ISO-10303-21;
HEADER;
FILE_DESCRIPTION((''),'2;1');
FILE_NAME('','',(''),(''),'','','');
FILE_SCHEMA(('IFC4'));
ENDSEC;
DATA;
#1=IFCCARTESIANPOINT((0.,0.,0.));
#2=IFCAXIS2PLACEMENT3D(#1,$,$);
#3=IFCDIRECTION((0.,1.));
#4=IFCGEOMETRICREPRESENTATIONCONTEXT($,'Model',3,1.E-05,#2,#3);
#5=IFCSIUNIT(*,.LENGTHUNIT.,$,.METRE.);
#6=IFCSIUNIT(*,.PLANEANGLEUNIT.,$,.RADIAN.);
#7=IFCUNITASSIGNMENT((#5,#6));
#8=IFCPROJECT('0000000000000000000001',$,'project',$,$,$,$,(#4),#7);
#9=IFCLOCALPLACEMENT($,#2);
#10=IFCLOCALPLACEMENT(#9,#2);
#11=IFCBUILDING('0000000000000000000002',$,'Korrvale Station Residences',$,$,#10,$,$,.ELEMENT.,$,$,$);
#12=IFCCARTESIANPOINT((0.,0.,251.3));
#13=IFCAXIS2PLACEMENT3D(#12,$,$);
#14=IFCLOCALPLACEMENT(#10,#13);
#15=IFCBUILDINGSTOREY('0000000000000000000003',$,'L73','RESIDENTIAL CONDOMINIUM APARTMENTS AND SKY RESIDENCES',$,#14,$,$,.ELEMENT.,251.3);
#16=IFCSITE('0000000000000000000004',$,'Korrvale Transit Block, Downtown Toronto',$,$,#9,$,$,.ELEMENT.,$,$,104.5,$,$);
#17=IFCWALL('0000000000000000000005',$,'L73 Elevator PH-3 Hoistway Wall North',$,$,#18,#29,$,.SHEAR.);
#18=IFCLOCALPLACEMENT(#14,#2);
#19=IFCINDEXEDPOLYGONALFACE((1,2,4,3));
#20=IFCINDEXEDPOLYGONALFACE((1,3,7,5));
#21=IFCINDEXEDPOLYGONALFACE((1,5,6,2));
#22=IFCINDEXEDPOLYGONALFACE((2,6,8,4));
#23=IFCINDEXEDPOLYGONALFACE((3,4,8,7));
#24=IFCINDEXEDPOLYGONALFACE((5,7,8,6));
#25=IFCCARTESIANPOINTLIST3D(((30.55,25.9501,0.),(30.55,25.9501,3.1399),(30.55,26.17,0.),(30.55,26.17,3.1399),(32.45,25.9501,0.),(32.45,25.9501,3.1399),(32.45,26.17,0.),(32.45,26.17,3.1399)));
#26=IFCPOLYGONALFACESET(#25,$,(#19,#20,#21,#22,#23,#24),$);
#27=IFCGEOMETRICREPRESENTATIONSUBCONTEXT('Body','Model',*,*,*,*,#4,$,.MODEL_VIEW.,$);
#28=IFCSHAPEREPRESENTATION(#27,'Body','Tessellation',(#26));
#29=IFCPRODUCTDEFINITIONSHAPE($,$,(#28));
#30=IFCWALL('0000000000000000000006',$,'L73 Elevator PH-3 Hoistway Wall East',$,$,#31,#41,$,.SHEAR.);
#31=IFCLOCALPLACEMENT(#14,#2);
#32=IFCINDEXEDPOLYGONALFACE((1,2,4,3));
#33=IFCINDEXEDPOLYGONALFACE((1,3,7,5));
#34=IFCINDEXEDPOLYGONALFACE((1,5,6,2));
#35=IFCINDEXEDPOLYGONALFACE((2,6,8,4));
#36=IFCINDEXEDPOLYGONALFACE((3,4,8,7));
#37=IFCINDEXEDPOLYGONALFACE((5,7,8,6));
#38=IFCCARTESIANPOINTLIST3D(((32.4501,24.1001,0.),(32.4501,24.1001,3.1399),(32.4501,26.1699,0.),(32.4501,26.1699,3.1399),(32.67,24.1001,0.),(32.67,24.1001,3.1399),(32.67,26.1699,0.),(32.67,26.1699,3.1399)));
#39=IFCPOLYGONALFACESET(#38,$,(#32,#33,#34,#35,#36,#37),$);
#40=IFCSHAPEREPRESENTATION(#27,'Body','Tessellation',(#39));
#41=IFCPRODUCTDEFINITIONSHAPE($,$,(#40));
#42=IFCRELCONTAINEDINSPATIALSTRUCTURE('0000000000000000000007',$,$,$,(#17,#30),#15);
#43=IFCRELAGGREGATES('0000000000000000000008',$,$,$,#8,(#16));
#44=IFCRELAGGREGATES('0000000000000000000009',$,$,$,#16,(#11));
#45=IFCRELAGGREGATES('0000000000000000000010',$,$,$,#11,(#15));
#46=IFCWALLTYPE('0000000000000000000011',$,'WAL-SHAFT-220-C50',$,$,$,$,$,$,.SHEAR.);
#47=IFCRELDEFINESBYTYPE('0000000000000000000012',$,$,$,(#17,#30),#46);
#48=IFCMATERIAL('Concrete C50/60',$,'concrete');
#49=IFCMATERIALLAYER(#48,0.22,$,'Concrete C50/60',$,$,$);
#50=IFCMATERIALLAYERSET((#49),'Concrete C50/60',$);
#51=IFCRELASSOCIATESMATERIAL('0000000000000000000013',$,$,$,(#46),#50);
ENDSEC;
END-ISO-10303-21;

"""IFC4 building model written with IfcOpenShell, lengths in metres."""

from ifc_helpers import new_model, si_unit, direction, frame, frame_2d, origin, place, context, subcontext, project, spatial, rectangle, extrude, material, layer, layer_set, type_object, element, save


model = new_model("IFC4")

# Units and contexts
model_context = context("Model", 3, precision=1e-05, world=origin(), true_north=direction((0.0, 1.0)))
body_context = subcontext(model_context, "Body", "Model", "MODEL_VIEW")
ifc_project = project(units=[si_unit("LENGTHUNIT", "METRE"), si_unit("PLANEANGLEUNIT", "RADIAN")], contexts=[model_context])

# Site, building, storey
site_placement = place(None, origin())
site = spatial("IfcSite", under=ifc_project, at=site_placement, Name="Korrvale Transit Block, Downtown Toronto", CompositionType="ELEMENT", RefElevation=104.5)
building_placement = place(site_placement, origin())
building = spatial("IfcBuilding", under=site, at=building_placement, Name="Korrvale Station Residences", CompositionType="ELEMENT")
storey_placement = place(building_placement, frame((0.0, 0.0, 251.3)))
storey = spatial("IfcBuildingStorey", under=building, at=storey_placement, Name="L73", Description="RESIDENTIAL CONDOMINIUM APARTMENTS AND SKY RESIDENCES", CompositionType="ELEMENT", Elevation=251.3)

# Shared definitions
ifc_material_1 = material(Name="Concrete C50/60", Category="concrete")

# Wall
ifc_layer_1 = layer(ifc_material_1, 0.22, Name="Concrete C50/60")
ifc_layer_set_1 = layer_set([ifc_layer_1], Name="Concrete C50/60")
wall_type_1 = type_object("IfcWallType", Name="WAL-SHAFT-220-C50", PredefinedType="SHEAR", material=ifc_layer_set_1)
wall_1_placement = place(storey_placement, frame((30.55, 26.0601, 0.0), z_axis=(0.0, 0.0, 1.0), x_axis=(1.0, 0.0, 0.0)))
element("IfcWall", 1, at=wall_1_placement, inside=storey, type_object=wall_type_1, Name="L73 Elevator PH-3 Hoistway Wall North", PredefinedType="SHEAR", context=body_context, shape_type="SweptSolid", body=[
    extrude(rectangle(XDim=1.8999, YDim=0.22, at=frame_2d((0.95, 0.0))), origin(), (0.0, 0.0, 1.0), 3.1399),
])

# Wall
wall_2_placement = place(storey_placement, frame((32.5601, 24.1001, 0.0), z_axis=(0.0, 0.0, 1.0), x_axis=(0.0, 1.0, 0.0)))
element("IfcWall", 2, at=wall_2_placement, inside=storey, type_object=wall_type_1, Name="L73 Elevator PH-3 Hoistway Wall East", PredefinedType="SHEAR", context=body_context, shape_type="SweptSolid", body=[
    extrude(rectangle(XDim=2.0698, YDim=0.22, at=frame_2d((1.0349, 0.0))), origin(), (0.0, 0.0, 1.0), 3.1399),
])

save(model, "model.ifc")
